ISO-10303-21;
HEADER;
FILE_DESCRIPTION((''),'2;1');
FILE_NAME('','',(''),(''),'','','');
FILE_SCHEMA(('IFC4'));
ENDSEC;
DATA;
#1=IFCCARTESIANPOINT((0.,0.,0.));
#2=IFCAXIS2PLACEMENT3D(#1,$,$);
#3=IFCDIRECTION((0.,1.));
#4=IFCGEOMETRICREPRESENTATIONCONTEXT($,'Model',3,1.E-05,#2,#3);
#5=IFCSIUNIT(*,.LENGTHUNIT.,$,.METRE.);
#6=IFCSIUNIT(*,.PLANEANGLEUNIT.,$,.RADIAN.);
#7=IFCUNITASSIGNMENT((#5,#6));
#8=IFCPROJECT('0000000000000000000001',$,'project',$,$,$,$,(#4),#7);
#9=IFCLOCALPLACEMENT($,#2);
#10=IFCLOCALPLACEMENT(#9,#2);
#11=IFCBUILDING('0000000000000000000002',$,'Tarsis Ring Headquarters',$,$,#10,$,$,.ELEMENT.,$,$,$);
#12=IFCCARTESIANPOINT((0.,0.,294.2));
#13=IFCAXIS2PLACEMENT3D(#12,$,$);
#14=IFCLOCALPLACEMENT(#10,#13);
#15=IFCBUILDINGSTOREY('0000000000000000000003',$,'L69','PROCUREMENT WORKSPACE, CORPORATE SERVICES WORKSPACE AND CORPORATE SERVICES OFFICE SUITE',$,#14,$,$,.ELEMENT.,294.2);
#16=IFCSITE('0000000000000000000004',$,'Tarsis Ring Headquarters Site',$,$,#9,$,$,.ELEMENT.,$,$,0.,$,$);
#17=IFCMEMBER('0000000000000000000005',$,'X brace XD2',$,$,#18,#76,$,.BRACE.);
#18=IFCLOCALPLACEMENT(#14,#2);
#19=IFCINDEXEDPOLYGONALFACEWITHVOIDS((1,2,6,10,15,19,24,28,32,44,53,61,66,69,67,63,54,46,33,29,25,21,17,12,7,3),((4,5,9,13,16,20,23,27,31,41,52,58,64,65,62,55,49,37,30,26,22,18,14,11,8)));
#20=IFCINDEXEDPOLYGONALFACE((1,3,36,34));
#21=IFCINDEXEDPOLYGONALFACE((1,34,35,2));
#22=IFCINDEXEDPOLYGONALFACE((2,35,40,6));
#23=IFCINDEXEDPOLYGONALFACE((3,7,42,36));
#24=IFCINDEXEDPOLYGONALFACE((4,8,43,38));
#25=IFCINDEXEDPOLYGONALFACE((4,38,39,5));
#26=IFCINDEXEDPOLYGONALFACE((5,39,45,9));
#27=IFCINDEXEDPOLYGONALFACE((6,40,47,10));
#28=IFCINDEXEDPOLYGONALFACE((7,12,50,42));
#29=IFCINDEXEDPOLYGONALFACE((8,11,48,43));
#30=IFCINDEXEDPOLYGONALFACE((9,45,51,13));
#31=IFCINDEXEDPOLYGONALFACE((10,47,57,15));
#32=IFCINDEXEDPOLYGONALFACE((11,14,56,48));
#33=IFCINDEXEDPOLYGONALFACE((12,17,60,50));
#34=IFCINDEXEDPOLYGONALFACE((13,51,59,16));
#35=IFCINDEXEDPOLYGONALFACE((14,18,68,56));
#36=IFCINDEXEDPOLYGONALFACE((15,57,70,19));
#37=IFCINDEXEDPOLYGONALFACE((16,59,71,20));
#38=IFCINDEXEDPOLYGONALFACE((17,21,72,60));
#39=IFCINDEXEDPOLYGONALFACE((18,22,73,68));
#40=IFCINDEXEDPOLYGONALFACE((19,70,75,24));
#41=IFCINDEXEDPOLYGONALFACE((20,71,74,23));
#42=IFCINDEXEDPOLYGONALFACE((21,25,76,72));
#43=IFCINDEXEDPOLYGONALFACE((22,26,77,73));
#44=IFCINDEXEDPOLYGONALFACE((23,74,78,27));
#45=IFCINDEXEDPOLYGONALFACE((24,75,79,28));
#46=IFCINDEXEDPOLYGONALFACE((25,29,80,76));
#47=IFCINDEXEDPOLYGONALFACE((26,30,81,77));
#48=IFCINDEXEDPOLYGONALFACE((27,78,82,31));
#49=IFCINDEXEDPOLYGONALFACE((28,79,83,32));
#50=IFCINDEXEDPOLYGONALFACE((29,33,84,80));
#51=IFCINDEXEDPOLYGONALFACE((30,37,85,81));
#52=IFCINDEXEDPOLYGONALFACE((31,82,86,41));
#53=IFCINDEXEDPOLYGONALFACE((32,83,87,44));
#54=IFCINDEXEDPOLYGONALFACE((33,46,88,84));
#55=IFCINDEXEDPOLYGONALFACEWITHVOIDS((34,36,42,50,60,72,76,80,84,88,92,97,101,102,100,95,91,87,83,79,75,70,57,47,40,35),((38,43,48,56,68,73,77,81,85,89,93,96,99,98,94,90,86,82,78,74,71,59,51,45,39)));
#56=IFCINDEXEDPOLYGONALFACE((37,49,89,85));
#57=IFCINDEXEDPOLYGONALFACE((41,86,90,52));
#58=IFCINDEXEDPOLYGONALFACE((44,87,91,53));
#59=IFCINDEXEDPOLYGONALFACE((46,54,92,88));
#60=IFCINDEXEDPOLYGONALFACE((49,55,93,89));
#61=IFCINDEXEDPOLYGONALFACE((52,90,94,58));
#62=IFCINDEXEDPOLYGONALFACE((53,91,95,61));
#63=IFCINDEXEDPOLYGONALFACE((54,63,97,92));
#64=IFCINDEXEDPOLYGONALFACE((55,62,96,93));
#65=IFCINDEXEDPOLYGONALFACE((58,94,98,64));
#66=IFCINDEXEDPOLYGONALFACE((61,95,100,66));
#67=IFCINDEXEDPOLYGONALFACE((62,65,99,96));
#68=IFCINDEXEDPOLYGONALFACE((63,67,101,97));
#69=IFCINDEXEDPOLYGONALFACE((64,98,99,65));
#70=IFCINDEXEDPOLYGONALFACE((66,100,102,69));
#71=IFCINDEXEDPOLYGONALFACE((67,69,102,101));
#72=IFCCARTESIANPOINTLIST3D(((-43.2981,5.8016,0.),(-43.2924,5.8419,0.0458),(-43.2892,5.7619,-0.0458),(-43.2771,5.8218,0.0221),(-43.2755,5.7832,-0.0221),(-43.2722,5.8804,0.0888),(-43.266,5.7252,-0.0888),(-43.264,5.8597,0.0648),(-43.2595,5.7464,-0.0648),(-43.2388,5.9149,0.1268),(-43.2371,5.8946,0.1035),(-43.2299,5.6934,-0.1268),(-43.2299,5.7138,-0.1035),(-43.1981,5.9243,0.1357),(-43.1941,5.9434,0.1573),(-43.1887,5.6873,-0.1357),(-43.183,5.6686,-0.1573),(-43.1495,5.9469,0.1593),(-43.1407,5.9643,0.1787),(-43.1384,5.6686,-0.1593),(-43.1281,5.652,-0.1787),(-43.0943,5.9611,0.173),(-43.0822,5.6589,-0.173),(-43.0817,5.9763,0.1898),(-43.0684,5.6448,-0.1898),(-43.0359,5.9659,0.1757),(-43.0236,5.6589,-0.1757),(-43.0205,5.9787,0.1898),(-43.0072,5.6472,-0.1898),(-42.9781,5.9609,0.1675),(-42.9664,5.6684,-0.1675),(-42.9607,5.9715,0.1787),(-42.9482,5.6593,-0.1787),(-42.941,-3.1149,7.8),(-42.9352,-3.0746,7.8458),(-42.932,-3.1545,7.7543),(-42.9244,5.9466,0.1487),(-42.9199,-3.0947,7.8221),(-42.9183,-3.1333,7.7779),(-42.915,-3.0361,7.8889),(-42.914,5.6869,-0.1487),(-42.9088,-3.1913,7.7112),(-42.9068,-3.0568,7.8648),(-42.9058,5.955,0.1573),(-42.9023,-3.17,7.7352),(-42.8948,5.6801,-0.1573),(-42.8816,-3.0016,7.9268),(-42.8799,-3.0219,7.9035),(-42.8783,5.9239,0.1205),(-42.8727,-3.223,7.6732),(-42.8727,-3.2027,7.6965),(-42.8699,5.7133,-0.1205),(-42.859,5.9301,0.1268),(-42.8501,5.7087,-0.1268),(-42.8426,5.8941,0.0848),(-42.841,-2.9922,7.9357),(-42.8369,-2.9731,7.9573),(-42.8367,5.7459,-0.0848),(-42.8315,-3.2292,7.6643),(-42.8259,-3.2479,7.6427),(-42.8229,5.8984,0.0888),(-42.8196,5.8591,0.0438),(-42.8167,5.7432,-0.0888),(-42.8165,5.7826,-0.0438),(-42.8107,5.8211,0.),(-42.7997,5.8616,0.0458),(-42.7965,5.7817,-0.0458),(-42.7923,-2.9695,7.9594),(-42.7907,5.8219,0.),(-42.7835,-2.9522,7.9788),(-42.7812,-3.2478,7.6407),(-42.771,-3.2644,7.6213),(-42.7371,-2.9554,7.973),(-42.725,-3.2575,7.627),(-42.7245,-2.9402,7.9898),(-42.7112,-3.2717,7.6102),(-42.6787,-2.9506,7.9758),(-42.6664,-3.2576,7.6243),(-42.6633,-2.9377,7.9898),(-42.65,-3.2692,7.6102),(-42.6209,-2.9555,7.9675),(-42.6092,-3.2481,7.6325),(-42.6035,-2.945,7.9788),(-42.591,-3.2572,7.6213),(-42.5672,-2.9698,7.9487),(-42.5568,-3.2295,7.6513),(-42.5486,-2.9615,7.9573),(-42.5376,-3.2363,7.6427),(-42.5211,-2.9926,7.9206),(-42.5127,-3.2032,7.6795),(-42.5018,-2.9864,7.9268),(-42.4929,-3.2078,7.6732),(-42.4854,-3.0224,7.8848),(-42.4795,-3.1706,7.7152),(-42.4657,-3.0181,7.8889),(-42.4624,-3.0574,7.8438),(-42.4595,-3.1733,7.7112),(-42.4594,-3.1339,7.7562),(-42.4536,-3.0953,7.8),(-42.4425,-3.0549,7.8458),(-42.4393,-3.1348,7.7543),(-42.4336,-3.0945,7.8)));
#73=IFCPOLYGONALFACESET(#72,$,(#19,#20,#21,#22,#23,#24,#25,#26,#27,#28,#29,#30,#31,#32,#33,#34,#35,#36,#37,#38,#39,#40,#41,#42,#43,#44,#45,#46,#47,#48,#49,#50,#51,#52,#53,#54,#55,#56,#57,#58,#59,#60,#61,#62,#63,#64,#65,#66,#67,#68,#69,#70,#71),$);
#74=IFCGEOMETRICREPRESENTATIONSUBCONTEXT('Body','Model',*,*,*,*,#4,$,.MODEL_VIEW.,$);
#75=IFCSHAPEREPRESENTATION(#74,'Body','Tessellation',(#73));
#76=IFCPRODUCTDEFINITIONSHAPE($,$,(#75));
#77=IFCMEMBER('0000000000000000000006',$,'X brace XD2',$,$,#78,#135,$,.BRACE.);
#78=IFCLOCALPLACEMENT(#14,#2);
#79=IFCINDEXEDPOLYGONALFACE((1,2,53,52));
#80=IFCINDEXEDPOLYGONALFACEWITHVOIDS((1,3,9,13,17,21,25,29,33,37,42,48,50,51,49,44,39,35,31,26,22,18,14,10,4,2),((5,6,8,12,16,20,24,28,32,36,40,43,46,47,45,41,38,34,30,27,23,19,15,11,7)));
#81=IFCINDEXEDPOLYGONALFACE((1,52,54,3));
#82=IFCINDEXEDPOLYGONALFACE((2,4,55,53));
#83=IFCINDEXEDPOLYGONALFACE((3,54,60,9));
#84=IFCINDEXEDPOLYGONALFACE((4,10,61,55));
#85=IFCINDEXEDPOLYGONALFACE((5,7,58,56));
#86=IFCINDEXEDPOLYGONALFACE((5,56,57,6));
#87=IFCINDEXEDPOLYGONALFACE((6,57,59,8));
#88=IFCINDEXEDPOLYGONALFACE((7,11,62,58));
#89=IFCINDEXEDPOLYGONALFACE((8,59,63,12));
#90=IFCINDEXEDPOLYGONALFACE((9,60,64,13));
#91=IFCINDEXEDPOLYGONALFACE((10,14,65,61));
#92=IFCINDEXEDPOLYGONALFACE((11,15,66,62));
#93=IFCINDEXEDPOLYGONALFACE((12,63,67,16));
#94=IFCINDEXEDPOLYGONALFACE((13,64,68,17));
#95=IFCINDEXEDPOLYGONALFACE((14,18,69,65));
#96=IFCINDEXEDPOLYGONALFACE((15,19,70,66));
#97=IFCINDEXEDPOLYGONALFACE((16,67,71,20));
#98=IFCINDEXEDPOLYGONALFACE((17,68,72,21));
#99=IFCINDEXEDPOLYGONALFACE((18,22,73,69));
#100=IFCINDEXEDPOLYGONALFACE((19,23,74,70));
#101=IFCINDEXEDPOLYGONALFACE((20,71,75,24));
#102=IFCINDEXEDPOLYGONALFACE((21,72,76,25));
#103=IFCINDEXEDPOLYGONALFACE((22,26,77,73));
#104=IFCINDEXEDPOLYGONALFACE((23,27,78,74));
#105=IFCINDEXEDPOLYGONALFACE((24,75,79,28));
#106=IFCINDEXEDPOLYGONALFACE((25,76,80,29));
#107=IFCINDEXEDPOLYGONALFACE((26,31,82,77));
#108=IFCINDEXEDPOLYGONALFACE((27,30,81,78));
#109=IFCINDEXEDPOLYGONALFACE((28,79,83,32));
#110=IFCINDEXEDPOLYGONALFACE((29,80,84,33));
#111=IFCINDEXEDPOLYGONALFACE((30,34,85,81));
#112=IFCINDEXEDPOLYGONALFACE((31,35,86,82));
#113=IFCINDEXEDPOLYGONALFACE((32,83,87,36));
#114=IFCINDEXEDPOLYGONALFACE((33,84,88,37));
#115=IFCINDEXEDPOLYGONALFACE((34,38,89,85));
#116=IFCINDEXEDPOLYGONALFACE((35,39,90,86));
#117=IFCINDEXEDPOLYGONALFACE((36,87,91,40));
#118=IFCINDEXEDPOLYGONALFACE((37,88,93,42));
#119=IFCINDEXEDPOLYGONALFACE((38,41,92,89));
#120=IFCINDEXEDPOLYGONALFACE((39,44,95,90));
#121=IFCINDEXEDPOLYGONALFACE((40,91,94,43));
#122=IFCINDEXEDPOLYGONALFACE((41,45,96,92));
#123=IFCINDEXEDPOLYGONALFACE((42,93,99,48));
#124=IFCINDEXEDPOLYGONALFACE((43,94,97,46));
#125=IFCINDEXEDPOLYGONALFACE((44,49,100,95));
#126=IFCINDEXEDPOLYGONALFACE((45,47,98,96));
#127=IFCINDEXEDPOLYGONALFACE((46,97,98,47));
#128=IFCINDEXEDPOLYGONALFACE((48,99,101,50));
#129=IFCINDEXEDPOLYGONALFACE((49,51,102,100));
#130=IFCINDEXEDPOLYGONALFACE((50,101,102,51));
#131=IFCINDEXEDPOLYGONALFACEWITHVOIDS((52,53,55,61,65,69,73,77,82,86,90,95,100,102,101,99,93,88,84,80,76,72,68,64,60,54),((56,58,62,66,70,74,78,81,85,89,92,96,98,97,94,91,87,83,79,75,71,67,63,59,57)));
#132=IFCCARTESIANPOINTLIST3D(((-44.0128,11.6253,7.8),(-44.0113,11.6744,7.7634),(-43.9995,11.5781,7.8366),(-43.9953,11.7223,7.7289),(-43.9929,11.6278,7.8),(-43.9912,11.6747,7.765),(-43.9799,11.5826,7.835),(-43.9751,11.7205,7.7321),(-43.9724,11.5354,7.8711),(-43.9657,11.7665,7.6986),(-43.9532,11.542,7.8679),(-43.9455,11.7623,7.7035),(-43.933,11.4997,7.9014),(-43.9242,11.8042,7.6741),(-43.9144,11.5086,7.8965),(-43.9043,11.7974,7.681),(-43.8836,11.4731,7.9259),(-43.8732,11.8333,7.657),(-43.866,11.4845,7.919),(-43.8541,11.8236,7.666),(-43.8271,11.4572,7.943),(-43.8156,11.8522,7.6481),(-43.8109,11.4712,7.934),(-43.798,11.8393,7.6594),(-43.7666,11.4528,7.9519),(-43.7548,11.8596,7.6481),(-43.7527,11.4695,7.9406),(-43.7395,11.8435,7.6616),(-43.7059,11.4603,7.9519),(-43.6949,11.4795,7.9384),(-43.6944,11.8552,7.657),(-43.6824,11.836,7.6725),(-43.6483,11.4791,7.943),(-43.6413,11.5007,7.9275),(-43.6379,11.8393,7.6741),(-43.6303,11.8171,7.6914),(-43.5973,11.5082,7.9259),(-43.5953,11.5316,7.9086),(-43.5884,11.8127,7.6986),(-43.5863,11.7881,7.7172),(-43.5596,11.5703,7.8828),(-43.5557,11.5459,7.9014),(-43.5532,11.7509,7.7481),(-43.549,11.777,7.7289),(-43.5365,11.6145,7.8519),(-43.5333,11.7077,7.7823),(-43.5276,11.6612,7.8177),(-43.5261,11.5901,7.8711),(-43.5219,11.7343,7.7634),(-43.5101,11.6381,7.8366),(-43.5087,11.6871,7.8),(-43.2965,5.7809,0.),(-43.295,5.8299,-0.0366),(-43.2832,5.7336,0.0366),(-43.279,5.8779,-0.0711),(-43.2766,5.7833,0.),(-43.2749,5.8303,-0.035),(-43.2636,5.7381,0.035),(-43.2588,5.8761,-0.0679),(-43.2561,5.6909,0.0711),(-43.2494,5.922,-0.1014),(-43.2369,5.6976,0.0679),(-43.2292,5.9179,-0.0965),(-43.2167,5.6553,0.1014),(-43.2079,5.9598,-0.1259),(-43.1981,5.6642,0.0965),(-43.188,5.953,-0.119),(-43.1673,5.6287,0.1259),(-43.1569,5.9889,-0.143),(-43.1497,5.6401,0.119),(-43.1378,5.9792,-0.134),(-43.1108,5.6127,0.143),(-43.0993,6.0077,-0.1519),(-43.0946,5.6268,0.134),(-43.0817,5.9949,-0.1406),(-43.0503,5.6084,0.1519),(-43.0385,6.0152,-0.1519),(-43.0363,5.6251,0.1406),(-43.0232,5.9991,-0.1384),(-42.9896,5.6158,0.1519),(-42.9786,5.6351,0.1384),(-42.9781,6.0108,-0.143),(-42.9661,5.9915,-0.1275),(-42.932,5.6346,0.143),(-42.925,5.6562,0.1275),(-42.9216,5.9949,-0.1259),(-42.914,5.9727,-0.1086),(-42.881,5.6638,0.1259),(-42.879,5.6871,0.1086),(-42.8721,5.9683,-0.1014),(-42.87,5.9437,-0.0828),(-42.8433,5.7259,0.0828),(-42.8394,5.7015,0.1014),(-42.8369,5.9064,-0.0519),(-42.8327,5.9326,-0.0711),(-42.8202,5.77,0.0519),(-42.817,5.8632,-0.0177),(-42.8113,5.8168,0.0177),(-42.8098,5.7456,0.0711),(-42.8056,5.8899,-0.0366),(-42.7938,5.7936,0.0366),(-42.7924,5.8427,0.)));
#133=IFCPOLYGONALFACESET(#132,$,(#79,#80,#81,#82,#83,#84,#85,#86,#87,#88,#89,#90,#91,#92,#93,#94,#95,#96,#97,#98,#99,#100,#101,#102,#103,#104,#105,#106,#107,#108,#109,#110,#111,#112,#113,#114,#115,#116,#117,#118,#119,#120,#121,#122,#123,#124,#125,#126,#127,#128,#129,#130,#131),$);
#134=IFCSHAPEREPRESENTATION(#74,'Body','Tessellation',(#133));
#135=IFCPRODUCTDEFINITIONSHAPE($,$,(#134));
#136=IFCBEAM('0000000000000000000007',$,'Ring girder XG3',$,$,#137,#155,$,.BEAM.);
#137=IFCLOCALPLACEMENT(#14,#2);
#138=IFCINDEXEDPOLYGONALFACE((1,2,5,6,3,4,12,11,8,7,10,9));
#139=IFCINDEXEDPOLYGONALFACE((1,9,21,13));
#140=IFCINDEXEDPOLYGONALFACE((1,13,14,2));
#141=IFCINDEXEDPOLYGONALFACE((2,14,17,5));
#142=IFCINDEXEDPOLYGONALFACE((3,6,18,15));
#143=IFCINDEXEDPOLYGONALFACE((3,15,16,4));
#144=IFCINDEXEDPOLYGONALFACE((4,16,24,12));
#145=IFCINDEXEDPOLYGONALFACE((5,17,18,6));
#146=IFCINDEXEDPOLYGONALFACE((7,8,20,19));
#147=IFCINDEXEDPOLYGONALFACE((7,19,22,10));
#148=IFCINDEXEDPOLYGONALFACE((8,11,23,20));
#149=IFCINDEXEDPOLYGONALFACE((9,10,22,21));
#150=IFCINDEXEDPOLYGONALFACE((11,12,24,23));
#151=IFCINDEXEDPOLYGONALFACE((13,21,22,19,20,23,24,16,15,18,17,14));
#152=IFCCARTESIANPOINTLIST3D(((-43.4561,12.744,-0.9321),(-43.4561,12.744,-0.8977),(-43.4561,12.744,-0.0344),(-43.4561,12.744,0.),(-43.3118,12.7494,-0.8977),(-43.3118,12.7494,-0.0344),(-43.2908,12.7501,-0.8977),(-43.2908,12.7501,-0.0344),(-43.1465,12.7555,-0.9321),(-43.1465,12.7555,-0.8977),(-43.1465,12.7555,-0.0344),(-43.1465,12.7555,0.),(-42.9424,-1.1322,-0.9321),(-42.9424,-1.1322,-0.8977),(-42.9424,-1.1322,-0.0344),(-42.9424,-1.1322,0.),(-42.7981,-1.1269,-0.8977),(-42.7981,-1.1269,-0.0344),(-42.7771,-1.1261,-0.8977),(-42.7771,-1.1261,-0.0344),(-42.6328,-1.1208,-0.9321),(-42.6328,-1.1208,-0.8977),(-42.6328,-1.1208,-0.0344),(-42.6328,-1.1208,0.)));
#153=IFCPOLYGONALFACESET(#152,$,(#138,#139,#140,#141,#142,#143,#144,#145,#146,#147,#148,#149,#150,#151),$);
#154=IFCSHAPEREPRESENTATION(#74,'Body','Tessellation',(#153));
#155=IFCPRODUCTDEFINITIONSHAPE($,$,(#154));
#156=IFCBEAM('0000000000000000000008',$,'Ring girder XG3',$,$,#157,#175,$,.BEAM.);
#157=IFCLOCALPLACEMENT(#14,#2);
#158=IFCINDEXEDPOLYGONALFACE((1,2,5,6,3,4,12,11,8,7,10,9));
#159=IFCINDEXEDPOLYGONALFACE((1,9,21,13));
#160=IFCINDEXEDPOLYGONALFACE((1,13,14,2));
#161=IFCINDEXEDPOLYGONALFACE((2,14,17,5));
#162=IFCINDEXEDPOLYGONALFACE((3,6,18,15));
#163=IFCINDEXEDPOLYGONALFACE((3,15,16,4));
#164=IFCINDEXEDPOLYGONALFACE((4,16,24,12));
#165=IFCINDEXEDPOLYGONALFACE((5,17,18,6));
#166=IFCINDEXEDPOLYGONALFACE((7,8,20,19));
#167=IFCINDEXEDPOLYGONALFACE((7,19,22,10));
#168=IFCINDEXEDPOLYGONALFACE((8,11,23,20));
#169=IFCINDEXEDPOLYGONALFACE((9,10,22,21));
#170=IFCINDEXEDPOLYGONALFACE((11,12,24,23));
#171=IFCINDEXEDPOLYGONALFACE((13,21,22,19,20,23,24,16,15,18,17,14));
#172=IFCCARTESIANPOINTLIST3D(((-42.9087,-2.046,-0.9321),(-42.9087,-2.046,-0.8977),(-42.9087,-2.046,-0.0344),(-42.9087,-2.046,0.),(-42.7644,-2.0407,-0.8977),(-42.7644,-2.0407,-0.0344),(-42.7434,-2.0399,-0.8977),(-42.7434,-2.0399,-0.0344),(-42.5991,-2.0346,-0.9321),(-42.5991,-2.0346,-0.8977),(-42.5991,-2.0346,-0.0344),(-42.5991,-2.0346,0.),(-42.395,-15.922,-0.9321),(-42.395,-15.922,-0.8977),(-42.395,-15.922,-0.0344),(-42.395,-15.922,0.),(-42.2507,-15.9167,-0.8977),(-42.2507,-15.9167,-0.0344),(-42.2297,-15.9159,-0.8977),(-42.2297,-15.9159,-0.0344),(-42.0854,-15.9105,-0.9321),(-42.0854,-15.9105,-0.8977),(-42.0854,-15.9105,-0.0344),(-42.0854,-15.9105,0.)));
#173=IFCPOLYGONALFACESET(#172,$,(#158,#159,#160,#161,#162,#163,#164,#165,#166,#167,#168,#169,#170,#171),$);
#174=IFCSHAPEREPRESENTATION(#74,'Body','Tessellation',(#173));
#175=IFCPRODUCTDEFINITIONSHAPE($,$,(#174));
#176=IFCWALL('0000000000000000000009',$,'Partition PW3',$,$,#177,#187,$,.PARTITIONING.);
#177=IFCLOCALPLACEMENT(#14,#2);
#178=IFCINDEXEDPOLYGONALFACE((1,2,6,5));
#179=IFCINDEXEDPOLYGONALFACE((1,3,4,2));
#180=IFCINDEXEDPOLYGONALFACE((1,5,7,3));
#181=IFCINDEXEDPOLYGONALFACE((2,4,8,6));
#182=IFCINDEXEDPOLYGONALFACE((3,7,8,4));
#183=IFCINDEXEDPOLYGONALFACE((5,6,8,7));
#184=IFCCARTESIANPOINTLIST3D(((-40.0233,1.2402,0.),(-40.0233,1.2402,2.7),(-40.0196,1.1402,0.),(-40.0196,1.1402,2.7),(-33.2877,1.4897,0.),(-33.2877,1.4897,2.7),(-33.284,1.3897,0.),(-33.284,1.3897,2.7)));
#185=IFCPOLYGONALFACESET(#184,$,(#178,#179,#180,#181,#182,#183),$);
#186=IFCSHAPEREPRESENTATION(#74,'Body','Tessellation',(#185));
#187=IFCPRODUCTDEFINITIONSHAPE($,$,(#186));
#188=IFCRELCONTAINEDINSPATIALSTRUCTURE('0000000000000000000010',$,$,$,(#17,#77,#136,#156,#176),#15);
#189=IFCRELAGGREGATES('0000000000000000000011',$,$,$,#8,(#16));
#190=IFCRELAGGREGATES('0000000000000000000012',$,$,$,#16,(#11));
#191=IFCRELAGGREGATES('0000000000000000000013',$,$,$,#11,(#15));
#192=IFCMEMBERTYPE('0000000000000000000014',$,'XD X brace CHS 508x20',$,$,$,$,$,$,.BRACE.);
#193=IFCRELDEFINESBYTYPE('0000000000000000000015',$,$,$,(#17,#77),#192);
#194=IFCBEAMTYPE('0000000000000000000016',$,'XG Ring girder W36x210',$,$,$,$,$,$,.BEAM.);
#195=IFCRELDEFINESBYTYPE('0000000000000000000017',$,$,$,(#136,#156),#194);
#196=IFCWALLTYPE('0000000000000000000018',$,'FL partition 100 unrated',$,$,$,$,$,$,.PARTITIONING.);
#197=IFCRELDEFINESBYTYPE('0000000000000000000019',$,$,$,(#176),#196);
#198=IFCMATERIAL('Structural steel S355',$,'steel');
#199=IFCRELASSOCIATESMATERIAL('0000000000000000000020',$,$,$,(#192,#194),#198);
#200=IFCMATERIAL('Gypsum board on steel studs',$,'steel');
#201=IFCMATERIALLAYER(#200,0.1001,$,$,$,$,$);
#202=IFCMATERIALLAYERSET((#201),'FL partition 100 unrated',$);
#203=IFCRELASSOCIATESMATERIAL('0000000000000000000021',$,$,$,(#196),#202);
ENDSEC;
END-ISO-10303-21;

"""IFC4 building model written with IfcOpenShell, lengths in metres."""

from ifc_helpers import new_model, si_unit, direction, frame, frame_2d, origin, origin_2d, place, context, subcontext, project, spatial, rectangle, hollow_circle, i_section, extrude, material, layer, layer_set, material_profile, profile_set, type_object, element, save


model = new_model("IFC4")

# Units and contexts
model_context = context("Model", 3, precision=1e-05, world=origin(), true_north=direction((0.0, 1.0)))
body_context = subcontext(model_context, "Body", "Model", "MODEL_VIEW")
ifc_project = project(units=[si_unit("LENGTHUNIT", "METRE"), si_unit("PLANEANGLEUNIT", "RADIAN")], contexts=[model_context])

# Site, building, storey
site_placement = place(None, origin())
site = spatial("IfcSite", under=ifc_project, at=site_placement, Name="Tarsis Ring Headquarters Site", CompositionType="ELEMENT", RefElevation=0.0)
building_placement = place(site_placement, origin())
building = spatial("IfcBuilding", under=site, at=building_placement, Name="Tarsis Ring Headquarters", CompositionType="ELEMENT")
storey_placement = place(building_placement, frame((0.0, 0.0, 294.2)))
storey = spatial("IfcBuildingStorey", under=building, at=storey_placement, Name="L69", Description="PROCUREMENT WORKSPACE, CORPORATE SERVICES WORKSPACE AND CORPORATE SERVICES OFFICE SUITE", CompositionType="ELEMENT", Elevation=294.2)

# Shared definitions
ifc_material_1 = material(Name="Structural steel S355", Category="steel")

# Members
ifc_material_profile_1 = material_profile(ifc_material_1, hollow_circle(Radius=0.2539, WallThickness=0.02, at=origin_2d()), Name="CHS 508x20")
ifc_profile_set_1 = profile_set([ifc_material_profile_1], Name="Structural steel S355")
member_type = type_object("IfcMemberType", Name="XD X brace CHS 508x20", PredefinedType="BRACE", material=ifc_profile_set_1)
member_1_placement = place(storey_placement, frame((-43.0444, 5.8118, 0.0), z_axis=(0.030136, -0.752314, 0.658115), x_axis=(0.999199, 0.040026, 0.0)))
element("IfcMember", 1, at=member_1_placement, inside=storey, type_object=member_type, Name="X brace XD2", PredefinedType="BRACE", context=body_context, shape_type="SweptSolid", body=[
    extrude(hollow_circle(Radius=0.2539, WallThickness=0.02, at=origin_2d()), origin(), (0.0, 0.0, 1.0), 11.8521),
])
member_2_placement = place(storey_placement, frame((-43.0444, 5.8118, 0.0), z_axis=(-0.073295, 0.598022, 0.798121), x_axis=(-0.992573, -0.121651, 0.0)))
element("IfcMember", 2, at=member_2_placement, inside=storey, type_object=member_type, Name="X brace XD2", PredefinedType="BRACE", context=body_context, shape_type="SweptSolid", body=[
    extrude(hollow_circle(Radius=0.2539, WallThickness=0.02, at=origin_2d()), origin(), (0.0, 0.0, 1.0), 9.7729),
])

# Beams
ifc_material_profile_2 = material_profile(ifc_material_1, i_section(OverallWidth=0.3098, OverallDepth=0.9321, WebThickness=0.021, FlangeThickness=0.0344, at=origin_2d()), Name="W36x210")
ifc_profile_set_2 = profile_set([ifc_material_profile_2], Name="Structural steel S355")
beam_type_1 = type_object("IfcBeamType", Name="XG Ring girder W36x210", PredefinedType="BEAM", material=ifc_profile_set_2)
beam_1_placement = place(storey_placement, frame((-43.3013, 12.7498, -0.4661), z_axis=(0.036993, -0.999316, 0.0), x_axis=(0.999316, 0.036993, 0.0)))
element("IfcBeam", 3, at=beam_1_placement, inside=storey, type_object=beam_type_1, Name="Ring girder XG3", PredefinedType="BEAM", context=body_context, shape_type="SweptSolid", body=[
    extrude(i_section(OverallWidth=0.3098, OverallDepth=0.9321, WebThickness=0.021, FlangeThickness=0.0344, at=origin_2d()), origin(), (0.0, 0.0, 1.0), 13.8857),
])
beam_2_placement = place(storey_placement, frame((-42.7539, -2.0403, -0.4661), z_axis=(0.036993, -0.999316, 0.0), x_axis=(0.999316, 0.036993, 0.0)))
element("IfcBeam", 4, at=beam_2_placement, inside=storey, type_object=beam_type_1, Name="Ring girder XG3", PredefinedType="BEAM", context=body_context, shape_type="SweptSolid", body=[
    extrude(i_section(OverallWidth=0.3098, OverallDepth=0.9321, WebThickness=0.021, FlangeThickness=0.0344, at=origin_2d()), origin(), (0.0, 0.0, 1.0), 13.8855),
])

# Wall
ifc_material_2 = material(Name="Gypsum board on steel studs", Category="steel")
ifc_layer_1 = layer(ifc_material_2, 0.1001)
ifc_layer_set_1 = layer_set([ifc_layer_1], Name="FL partition 100 unrated")
wall_type_1 = type_object("IfcWallType", Name="FL partition 100 unrated", PredefinedType="PARTITIONING", material=ifc_layer_set_1)
wall_1_placement = place(storey_placement, frame((-40.0215, 1.1902, 0.0), z_axis=(0.0, 0.0, 1.0), x_axis=(0.999315, 0.037018, 0.0)))
element("IfcWall", 5, at=wall_1_placement, inside=storey, type_object=wall_type_1, Name="Partition PW3", PredefinedType="PARTITIONING", context=body_context, shape_type="SweptSolid", body=[
    extrude(rectangle(XDim=6.7402, YDim=0.1001, at=frame_2d((3.3701, 0.0))), origin(), (0.0, 0.0, 1.0), 2.7),
])

save(model, "model.ifc")
